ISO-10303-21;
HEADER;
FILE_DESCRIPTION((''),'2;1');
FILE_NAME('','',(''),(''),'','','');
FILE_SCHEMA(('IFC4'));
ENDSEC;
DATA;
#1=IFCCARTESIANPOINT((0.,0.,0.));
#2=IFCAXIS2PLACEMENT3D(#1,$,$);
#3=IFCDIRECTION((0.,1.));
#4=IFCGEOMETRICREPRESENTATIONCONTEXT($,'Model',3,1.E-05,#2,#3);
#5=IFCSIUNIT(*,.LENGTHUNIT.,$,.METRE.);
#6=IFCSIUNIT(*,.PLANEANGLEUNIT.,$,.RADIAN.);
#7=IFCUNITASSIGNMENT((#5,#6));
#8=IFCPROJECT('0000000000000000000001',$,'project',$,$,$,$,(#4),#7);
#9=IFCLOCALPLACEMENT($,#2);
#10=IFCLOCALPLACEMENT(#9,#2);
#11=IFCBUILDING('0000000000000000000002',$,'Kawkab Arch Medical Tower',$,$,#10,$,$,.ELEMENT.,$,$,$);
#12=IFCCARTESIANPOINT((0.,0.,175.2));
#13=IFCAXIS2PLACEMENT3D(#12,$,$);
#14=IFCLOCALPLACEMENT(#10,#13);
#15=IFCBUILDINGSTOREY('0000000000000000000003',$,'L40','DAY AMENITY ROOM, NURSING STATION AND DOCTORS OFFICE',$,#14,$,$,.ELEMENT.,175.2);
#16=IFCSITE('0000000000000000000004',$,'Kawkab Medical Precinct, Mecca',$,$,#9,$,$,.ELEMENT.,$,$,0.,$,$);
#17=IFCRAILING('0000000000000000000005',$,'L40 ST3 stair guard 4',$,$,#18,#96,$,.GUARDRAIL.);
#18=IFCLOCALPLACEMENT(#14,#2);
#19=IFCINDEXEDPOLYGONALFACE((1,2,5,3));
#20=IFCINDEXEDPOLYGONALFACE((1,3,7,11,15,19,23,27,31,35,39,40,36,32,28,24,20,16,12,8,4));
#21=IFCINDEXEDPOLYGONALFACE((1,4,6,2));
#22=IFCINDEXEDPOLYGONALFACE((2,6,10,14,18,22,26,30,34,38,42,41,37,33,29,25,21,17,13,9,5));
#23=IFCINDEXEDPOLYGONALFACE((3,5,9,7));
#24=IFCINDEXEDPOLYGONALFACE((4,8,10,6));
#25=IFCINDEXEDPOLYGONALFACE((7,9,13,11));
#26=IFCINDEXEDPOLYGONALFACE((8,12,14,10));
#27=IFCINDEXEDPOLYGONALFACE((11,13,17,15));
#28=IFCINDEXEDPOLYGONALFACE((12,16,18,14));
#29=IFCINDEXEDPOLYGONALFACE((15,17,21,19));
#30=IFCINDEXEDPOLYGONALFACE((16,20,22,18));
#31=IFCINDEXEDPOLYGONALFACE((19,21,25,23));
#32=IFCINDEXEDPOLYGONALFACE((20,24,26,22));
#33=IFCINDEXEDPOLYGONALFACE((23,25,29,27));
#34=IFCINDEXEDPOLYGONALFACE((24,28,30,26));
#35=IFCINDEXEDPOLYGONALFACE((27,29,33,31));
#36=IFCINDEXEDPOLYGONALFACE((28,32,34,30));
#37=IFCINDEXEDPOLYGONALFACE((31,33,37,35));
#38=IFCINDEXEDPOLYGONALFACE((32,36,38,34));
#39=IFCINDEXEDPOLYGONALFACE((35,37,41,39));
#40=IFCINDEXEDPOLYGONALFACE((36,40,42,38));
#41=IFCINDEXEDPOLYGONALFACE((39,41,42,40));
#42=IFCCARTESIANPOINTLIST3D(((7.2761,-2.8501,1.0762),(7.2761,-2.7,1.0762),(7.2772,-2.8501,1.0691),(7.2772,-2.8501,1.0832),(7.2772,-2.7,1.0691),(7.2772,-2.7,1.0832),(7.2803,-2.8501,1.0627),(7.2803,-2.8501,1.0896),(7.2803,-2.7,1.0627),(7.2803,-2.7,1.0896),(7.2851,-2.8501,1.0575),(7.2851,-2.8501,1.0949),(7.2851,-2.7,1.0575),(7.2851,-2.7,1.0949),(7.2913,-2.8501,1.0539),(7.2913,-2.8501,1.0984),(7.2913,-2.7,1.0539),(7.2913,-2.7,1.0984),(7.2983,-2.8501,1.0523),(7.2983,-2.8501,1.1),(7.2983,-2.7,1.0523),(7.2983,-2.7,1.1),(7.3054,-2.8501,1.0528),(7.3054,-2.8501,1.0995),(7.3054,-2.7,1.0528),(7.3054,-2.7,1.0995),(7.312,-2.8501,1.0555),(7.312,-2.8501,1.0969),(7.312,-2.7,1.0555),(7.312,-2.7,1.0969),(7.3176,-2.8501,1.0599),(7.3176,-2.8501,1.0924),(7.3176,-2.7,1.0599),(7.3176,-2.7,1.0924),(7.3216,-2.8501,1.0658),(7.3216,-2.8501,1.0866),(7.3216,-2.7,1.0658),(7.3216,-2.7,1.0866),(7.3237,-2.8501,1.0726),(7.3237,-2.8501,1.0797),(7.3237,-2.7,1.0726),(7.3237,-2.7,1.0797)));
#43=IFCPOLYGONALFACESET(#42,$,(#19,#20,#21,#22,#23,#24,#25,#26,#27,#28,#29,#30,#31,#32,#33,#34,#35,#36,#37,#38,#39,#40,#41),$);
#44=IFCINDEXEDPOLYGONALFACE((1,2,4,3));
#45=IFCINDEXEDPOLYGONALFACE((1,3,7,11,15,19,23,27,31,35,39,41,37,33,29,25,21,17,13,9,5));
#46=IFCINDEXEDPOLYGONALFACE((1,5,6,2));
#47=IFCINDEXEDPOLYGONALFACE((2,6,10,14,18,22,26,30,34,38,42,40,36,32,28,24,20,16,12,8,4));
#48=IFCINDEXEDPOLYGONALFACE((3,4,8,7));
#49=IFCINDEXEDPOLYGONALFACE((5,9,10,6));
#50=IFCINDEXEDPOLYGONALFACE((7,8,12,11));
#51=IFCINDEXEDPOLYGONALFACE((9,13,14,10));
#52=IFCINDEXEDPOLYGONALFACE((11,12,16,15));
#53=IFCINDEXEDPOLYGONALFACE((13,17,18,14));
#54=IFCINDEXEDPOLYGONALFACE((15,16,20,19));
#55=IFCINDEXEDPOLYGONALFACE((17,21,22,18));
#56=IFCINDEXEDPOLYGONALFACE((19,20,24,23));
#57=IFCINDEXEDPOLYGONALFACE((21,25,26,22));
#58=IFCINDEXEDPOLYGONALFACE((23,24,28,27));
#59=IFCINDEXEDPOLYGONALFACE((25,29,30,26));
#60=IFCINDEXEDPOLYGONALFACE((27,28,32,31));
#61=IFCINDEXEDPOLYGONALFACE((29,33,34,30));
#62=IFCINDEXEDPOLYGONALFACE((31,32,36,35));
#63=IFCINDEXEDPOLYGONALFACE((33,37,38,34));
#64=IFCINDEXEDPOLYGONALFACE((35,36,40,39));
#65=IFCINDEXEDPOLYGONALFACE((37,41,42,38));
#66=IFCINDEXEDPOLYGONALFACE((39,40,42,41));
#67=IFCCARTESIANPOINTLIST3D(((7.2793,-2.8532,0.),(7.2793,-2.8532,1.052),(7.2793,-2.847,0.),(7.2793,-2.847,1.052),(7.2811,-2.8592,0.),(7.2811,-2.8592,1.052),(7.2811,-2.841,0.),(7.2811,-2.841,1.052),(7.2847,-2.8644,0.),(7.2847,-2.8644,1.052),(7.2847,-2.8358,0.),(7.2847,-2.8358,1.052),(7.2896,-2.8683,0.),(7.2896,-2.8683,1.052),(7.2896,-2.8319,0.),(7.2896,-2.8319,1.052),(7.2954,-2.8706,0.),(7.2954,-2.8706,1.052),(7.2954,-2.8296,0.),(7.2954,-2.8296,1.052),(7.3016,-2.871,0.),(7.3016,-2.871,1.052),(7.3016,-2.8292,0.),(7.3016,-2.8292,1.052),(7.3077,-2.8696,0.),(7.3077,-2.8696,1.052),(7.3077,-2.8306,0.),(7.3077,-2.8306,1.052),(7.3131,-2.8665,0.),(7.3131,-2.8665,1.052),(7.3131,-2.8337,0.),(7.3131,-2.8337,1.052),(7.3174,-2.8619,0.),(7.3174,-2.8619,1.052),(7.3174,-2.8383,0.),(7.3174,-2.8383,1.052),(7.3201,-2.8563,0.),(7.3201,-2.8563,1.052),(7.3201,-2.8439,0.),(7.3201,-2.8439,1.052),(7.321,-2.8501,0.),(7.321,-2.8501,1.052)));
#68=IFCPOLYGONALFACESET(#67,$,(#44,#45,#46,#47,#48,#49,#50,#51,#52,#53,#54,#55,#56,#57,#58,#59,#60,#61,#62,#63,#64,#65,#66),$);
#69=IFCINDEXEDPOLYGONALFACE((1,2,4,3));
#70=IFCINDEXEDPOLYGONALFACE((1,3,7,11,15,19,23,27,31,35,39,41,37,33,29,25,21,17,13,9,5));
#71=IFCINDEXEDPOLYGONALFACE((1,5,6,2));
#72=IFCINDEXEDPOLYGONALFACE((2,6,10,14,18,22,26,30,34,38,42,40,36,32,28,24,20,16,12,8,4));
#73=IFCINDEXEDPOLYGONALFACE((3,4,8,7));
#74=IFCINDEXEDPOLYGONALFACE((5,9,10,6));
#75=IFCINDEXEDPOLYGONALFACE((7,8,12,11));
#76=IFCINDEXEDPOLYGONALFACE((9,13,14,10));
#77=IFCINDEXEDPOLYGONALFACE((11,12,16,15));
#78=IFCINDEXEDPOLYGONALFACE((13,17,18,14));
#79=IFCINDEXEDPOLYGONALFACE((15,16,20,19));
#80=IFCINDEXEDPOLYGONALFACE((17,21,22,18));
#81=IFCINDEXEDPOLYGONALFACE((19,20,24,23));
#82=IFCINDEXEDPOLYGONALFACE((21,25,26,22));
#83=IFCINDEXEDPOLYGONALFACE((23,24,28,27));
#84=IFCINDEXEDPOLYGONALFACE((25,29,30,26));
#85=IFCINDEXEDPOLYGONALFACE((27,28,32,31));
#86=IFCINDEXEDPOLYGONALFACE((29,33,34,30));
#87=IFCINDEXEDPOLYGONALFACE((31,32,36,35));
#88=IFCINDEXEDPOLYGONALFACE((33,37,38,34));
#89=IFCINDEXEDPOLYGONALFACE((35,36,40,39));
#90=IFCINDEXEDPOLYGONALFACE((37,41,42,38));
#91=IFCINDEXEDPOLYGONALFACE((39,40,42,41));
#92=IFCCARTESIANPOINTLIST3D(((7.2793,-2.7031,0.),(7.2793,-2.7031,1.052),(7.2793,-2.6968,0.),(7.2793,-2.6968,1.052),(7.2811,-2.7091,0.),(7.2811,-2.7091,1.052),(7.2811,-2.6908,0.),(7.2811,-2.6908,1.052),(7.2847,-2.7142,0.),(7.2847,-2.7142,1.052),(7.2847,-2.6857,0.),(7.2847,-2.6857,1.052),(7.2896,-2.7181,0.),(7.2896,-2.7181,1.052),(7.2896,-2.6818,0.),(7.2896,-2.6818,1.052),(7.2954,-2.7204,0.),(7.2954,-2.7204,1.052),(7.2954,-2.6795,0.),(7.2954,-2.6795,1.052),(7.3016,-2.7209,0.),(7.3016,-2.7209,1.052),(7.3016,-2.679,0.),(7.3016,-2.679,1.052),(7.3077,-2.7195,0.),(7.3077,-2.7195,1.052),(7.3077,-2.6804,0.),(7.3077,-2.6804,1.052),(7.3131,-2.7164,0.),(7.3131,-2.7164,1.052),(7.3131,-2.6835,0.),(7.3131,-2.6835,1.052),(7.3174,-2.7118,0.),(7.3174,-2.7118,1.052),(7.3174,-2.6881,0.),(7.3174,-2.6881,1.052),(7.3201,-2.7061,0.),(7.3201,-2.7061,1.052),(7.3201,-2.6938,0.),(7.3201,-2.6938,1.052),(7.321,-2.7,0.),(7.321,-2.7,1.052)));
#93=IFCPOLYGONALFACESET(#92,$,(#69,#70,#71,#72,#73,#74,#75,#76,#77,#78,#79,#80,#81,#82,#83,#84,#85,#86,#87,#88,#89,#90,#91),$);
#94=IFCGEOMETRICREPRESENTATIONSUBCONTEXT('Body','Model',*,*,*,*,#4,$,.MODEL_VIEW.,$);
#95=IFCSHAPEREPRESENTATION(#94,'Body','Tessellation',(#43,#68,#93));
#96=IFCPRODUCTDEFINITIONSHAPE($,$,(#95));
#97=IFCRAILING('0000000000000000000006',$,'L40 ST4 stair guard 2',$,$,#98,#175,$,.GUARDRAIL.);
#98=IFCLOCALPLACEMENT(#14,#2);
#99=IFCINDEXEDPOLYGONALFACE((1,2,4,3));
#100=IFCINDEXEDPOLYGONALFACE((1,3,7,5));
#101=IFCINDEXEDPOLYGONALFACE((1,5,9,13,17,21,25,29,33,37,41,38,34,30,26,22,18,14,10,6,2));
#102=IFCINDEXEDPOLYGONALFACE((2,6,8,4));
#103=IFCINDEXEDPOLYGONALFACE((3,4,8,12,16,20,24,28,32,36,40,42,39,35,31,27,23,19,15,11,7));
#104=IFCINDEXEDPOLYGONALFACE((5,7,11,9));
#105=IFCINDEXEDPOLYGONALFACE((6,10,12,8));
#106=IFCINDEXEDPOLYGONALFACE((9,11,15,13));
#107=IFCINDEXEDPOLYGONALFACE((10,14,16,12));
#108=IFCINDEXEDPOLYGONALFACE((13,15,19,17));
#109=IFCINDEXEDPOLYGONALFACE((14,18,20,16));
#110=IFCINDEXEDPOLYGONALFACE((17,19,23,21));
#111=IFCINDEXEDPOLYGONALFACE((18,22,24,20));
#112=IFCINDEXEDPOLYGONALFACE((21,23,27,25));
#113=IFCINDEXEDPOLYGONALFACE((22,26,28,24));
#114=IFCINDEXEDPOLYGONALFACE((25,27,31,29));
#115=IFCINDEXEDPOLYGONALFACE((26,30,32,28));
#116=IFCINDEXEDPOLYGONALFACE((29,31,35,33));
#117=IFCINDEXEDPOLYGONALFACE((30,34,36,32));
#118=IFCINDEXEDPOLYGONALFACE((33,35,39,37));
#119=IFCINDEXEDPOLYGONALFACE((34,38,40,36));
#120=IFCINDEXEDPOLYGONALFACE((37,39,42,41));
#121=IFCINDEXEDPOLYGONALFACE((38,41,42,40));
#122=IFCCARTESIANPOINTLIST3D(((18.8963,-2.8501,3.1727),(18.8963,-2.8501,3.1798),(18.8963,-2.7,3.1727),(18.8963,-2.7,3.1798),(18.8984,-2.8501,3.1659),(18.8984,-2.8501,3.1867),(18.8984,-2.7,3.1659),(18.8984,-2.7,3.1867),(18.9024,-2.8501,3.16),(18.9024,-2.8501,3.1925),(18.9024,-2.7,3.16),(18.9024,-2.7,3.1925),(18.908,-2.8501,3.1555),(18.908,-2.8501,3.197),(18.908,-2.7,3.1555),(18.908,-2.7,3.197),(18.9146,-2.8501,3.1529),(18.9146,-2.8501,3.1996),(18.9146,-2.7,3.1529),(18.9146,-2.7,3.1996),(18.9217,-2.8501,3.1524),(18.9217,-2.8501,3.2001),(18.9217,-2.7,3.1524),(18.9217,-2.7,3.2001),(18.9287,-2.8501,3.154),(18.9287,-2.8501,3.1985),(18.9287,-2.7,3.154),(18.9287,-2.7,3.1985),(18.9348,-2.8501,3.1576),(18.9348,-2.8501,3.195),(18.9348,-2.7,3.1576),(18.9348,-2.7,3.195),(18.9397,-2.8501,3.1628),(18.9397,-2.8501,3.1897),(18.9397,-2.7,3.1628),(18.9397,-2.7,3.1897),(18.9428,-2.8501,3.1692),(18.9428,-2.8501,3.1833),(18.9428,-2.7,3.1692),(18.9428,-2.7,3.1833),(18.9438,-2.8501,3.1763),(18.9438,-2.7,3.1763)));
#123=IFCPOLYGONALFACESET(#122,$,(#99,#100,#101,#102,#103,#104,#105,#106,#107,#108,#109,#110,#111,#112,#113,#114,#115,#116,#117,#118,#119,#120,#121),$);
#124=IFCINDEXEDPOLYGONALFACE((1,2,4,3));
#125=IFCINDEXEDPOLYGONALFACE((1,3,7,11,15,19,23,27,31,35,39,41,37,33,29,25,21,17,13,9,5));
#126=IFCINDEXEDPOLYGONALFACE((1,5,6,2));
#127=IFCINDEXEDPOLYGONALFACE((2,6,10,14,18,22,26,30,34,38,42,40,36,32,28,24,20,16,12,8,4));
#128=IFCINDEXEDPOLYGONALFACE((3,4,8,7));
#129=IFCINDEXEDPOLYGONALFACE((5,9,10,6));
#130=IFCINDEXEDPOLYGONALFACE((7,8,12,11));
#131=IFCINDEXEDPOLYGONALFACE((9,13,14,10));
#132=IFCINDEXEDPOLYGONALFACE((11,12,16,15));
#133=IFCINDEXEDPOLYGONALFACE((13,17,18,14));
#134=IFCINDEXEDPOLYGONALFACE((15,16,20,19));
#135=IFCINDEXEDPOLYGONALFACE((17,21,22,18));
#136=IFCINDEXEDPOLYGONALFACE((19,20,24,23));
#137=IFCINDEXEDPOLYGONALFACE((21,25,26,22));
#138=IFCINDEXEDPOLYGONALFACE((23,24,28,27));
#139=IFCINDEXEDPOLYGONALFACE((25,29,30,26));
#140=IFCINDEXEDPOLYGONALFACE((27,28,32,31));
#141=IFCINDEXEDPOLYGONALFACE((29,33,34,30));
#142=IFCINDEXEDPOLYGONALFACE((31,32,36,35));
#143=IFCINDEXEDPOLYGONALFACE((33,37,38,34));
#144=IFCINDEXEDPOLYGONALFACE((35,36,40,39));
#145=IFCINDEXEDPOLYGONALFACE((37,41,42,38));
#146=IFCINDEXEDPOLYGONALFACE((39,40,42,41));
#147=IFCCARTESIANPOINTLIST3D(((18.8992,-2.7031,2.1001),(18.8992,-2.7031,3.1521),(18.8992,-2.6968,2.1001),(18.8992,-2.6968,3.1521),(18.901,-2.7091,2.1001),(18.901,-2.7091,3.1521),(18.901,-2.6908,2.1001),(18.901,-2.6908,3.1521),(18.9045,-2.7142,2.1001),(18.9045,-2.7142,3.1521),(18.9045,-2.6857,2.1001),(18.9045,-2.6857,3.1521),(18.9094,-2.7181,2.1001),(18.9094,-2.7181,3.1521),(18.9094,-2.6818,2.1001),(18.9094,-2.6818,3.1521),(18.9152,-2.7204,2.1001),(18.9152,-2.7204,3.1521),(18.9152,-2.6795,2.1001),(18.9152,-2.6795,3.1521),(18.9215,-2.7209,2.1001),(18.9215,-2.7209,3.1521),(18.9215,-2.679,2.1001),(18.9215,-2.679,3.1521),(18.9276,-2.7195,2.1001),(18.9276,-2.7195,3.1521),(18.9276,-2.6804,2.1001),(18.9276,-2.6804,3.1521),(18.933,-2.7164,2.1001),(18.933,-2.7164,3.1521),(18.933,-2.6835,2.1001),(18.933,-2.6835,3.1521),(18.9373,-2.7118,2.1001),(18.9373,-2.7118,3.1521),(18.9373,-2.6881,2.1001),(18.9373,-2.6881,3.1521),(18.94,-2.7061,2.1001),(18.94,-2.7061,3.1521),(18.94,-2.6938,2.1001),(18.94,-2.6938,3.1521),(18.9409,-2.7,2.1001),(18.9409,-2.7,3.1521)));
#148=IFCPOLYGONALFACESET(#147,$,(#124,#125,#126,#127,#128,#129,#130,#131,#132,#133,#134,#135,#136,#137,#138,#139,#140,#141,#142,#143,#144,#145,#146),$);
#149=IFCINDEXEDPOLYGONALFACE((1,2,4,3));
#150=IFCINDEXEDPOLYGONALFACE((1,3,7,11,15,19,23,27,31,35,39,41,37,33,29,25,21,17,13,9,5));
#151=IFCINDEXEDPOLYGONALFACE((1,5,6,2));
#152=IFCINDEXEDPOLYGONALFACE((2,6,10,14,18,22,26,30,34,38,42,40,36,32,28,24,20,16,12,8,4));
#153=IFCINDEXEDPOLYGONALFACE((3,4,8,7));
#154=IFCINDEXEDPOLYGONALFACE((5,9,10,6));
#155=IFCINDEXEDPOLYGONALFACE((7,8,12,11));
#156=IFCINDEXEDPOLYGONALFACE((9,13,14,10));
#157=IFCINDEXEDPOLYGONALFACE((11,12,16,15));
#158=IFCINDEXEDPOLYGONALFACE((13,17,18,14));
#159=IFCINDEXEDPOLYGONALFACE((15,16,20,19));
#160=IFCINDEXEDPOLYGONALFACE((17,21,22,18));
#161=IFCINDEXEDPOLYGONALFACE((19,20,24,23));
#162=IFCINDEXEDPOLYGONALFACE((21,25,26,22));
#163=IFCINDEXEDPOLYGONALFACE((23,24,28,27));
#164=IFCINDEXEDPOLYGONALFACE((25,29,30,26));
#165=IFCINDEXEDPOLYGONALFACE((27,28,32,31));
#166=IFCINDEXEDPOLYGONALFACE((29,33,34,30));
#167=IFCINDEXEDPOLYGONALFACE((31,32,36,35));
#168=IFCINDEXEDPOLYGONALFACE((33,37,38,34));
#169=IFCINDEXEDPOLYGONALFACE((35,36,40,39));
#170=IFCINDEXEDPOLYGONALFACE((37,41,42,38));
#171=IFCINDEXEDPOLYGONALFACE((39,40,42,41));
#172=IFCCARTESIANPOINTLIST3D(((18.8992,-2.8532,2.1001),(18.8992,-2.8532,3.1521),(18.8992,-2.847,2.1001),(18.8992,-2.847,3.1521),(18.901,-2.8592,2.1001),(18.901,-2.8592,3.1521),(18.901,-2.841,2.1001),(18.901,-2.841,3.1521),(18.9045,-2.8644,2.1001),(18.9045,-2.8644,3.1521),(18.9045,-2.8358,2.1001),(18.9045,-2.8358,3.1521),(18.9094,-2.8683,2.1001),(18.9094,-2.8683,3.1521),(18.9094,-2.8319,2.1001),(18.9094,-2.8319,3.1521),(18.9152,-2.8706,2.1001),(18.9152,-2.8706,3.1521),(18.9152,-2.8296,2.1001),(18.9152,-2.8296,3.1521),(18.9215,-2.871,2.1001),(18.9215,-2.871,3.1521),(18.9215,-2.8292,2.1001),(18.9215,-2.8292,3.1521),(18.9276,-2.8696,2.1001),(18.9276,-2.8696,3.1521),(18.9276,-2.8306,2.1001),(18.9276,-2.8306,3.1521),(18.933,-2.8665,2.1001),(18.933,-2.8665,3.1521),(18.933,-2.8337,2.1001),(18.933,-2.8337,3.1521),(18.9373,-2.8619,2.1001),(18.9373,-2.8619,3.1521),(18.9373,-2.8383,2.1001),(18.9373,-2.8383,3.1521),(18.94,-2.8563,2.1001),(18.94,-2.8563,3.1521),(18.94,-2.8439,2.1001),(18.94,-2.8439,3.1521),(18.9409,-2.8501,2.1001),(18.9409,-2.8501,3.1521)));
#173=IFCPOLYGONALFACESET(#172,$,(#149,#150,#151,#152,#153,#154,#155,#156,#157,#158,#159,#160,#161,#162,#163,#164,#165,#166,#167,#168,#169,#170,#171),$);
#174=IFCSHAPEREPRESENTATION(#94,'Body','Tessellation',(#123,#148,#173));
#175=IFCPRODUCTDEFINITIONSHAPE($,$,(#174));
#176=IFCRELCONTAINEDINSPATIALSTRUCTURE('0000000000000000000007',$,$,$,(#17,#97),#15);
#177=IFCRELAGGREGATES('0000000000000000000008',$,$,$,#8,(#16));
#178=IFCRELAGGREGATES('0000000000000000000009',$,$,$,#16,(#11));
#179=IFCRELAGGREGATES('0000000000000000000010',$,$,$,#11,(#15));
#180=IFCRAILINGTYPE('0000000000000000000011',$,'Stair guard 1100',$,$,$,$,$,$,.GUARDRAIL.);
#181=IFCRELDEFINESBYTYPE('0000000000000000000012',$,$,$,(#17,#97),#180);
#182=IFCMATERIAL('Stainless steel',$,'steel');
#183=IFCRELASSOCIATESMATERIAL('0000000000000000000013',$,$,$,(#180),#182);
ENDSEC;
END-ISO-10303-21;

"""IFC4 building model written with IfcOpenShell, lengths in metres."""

from ifc_helpers import new_model, si_unit, direction, frame, origin, origin_2d, place, context, subcontext, project, spatial, circle, extrude, material, type_object, element, save


model = new_model("IFC4")

# Units and contexts
model_context = context("Model", 3, precision=1e-05, world=origin(), true_north=direction((0.0, 1.0)))
body_context = subcontext(model_context, "Body", "Model", "MODEL_VIEW")
ifc_project = project(units=[si_unit("LENGTHUNIT", "METRE"), si_unit("PLANEANGLEUNIT", "RADIAN")], contexts=[model_context])

# Site, building, storey
site_placement = place(None, origin())
site = spatial("IfcSite", under=ifc_project, at=site_placement, Name="Kawkab Medical Precinct, Mecca", CompositionType="ELEMENT", RefElevation=0.0)
building_placement = place(site_placement, origin())
building = spatial("IfcBuilding", under=site, at=building_placement, Name="Kawkab Arch Medical Tower", CompositionType="ELEMENT")
storey_placement = place(building_placement, frame((0.0, 0.0, 175.2)))
storey = spatial("IfcBuildingStorey", under=building, at=storey_placement, Name="L40", Description="DAY AMENITY ROOM, NURSING STATION AND DOCTORS OFFICE", CompositionType="ELEMENT", Elevation=175.2)

# Railings
ifc_material_1 = material(Name="Stainless steel", Category="steel")
railing_type_1 = type_object("IfcRailingType", Name="Stair guard 1100", PredefinedType="GUARDRAIL", material=ifc_material_1)
railing_1_placement = place(storey_placement, frame((7.3, -2.8501, 0.0)))
element("IfcRailing", 1, at=railing_1_placement, inside=storey, type_object=railing_type_1, Name="L40 ST3 stair guard 4", PredefinedType="GUARDRAIL", context=body_context, shape_type="SweptSolid", body=[
    extrude(circle(Radius=0.0239, at=origin_2d()), frame((0.0, 0.0, 1.0762), z_axis=(0.0, 1.0, 0.0), x_axis=(-1.0, 0.0, 0.0)), (0.0, 0.0, 1.0), 0.1501),
    extrude(circle(Radius=0.021, at=origin_2d()), origin(), (0.0, 0.0, 1.0), 1.052),
    extrude(circle(Radius=0.021, at=origin_2d()), frame((0.0, 0.1501, 0.0)), (0.0, 0.0, 1.0), 1.052),
])
railing_2_placement = place(storey_placement, frame((18.9199, -2.7, 2.1001)))
element("IfcRailing", 2, at=railing_2_placement, inside=storey, type_object=railing_type_1, Name="L40 ST4 stair guard 2", PredefinedType="GUARDRAIL", context=body_context, shape_type="SweptSolid", body=[
    extrude(circle(Radius=0.0239, at=origin_2d()), frame((0.0, 0.0, 1.0762), z_axis=(0.0, -1.0, 0.0), x_axis=(1.0, 0.0, 0.0)), (0.0, 0.0, 1.0), 0.1501),
    extrude(circle(Radius=0.021, at=origin_2d()), origin(), (0.0, 0.0, 1.0), 1.052),
    extrude(circle(Radius=0.021, at=origin_2d()), frame((0.0, -0.1501, 0.0)), (0.0, 0.0, 1.0), 1.052),
])

save(model, "model.ifc")
